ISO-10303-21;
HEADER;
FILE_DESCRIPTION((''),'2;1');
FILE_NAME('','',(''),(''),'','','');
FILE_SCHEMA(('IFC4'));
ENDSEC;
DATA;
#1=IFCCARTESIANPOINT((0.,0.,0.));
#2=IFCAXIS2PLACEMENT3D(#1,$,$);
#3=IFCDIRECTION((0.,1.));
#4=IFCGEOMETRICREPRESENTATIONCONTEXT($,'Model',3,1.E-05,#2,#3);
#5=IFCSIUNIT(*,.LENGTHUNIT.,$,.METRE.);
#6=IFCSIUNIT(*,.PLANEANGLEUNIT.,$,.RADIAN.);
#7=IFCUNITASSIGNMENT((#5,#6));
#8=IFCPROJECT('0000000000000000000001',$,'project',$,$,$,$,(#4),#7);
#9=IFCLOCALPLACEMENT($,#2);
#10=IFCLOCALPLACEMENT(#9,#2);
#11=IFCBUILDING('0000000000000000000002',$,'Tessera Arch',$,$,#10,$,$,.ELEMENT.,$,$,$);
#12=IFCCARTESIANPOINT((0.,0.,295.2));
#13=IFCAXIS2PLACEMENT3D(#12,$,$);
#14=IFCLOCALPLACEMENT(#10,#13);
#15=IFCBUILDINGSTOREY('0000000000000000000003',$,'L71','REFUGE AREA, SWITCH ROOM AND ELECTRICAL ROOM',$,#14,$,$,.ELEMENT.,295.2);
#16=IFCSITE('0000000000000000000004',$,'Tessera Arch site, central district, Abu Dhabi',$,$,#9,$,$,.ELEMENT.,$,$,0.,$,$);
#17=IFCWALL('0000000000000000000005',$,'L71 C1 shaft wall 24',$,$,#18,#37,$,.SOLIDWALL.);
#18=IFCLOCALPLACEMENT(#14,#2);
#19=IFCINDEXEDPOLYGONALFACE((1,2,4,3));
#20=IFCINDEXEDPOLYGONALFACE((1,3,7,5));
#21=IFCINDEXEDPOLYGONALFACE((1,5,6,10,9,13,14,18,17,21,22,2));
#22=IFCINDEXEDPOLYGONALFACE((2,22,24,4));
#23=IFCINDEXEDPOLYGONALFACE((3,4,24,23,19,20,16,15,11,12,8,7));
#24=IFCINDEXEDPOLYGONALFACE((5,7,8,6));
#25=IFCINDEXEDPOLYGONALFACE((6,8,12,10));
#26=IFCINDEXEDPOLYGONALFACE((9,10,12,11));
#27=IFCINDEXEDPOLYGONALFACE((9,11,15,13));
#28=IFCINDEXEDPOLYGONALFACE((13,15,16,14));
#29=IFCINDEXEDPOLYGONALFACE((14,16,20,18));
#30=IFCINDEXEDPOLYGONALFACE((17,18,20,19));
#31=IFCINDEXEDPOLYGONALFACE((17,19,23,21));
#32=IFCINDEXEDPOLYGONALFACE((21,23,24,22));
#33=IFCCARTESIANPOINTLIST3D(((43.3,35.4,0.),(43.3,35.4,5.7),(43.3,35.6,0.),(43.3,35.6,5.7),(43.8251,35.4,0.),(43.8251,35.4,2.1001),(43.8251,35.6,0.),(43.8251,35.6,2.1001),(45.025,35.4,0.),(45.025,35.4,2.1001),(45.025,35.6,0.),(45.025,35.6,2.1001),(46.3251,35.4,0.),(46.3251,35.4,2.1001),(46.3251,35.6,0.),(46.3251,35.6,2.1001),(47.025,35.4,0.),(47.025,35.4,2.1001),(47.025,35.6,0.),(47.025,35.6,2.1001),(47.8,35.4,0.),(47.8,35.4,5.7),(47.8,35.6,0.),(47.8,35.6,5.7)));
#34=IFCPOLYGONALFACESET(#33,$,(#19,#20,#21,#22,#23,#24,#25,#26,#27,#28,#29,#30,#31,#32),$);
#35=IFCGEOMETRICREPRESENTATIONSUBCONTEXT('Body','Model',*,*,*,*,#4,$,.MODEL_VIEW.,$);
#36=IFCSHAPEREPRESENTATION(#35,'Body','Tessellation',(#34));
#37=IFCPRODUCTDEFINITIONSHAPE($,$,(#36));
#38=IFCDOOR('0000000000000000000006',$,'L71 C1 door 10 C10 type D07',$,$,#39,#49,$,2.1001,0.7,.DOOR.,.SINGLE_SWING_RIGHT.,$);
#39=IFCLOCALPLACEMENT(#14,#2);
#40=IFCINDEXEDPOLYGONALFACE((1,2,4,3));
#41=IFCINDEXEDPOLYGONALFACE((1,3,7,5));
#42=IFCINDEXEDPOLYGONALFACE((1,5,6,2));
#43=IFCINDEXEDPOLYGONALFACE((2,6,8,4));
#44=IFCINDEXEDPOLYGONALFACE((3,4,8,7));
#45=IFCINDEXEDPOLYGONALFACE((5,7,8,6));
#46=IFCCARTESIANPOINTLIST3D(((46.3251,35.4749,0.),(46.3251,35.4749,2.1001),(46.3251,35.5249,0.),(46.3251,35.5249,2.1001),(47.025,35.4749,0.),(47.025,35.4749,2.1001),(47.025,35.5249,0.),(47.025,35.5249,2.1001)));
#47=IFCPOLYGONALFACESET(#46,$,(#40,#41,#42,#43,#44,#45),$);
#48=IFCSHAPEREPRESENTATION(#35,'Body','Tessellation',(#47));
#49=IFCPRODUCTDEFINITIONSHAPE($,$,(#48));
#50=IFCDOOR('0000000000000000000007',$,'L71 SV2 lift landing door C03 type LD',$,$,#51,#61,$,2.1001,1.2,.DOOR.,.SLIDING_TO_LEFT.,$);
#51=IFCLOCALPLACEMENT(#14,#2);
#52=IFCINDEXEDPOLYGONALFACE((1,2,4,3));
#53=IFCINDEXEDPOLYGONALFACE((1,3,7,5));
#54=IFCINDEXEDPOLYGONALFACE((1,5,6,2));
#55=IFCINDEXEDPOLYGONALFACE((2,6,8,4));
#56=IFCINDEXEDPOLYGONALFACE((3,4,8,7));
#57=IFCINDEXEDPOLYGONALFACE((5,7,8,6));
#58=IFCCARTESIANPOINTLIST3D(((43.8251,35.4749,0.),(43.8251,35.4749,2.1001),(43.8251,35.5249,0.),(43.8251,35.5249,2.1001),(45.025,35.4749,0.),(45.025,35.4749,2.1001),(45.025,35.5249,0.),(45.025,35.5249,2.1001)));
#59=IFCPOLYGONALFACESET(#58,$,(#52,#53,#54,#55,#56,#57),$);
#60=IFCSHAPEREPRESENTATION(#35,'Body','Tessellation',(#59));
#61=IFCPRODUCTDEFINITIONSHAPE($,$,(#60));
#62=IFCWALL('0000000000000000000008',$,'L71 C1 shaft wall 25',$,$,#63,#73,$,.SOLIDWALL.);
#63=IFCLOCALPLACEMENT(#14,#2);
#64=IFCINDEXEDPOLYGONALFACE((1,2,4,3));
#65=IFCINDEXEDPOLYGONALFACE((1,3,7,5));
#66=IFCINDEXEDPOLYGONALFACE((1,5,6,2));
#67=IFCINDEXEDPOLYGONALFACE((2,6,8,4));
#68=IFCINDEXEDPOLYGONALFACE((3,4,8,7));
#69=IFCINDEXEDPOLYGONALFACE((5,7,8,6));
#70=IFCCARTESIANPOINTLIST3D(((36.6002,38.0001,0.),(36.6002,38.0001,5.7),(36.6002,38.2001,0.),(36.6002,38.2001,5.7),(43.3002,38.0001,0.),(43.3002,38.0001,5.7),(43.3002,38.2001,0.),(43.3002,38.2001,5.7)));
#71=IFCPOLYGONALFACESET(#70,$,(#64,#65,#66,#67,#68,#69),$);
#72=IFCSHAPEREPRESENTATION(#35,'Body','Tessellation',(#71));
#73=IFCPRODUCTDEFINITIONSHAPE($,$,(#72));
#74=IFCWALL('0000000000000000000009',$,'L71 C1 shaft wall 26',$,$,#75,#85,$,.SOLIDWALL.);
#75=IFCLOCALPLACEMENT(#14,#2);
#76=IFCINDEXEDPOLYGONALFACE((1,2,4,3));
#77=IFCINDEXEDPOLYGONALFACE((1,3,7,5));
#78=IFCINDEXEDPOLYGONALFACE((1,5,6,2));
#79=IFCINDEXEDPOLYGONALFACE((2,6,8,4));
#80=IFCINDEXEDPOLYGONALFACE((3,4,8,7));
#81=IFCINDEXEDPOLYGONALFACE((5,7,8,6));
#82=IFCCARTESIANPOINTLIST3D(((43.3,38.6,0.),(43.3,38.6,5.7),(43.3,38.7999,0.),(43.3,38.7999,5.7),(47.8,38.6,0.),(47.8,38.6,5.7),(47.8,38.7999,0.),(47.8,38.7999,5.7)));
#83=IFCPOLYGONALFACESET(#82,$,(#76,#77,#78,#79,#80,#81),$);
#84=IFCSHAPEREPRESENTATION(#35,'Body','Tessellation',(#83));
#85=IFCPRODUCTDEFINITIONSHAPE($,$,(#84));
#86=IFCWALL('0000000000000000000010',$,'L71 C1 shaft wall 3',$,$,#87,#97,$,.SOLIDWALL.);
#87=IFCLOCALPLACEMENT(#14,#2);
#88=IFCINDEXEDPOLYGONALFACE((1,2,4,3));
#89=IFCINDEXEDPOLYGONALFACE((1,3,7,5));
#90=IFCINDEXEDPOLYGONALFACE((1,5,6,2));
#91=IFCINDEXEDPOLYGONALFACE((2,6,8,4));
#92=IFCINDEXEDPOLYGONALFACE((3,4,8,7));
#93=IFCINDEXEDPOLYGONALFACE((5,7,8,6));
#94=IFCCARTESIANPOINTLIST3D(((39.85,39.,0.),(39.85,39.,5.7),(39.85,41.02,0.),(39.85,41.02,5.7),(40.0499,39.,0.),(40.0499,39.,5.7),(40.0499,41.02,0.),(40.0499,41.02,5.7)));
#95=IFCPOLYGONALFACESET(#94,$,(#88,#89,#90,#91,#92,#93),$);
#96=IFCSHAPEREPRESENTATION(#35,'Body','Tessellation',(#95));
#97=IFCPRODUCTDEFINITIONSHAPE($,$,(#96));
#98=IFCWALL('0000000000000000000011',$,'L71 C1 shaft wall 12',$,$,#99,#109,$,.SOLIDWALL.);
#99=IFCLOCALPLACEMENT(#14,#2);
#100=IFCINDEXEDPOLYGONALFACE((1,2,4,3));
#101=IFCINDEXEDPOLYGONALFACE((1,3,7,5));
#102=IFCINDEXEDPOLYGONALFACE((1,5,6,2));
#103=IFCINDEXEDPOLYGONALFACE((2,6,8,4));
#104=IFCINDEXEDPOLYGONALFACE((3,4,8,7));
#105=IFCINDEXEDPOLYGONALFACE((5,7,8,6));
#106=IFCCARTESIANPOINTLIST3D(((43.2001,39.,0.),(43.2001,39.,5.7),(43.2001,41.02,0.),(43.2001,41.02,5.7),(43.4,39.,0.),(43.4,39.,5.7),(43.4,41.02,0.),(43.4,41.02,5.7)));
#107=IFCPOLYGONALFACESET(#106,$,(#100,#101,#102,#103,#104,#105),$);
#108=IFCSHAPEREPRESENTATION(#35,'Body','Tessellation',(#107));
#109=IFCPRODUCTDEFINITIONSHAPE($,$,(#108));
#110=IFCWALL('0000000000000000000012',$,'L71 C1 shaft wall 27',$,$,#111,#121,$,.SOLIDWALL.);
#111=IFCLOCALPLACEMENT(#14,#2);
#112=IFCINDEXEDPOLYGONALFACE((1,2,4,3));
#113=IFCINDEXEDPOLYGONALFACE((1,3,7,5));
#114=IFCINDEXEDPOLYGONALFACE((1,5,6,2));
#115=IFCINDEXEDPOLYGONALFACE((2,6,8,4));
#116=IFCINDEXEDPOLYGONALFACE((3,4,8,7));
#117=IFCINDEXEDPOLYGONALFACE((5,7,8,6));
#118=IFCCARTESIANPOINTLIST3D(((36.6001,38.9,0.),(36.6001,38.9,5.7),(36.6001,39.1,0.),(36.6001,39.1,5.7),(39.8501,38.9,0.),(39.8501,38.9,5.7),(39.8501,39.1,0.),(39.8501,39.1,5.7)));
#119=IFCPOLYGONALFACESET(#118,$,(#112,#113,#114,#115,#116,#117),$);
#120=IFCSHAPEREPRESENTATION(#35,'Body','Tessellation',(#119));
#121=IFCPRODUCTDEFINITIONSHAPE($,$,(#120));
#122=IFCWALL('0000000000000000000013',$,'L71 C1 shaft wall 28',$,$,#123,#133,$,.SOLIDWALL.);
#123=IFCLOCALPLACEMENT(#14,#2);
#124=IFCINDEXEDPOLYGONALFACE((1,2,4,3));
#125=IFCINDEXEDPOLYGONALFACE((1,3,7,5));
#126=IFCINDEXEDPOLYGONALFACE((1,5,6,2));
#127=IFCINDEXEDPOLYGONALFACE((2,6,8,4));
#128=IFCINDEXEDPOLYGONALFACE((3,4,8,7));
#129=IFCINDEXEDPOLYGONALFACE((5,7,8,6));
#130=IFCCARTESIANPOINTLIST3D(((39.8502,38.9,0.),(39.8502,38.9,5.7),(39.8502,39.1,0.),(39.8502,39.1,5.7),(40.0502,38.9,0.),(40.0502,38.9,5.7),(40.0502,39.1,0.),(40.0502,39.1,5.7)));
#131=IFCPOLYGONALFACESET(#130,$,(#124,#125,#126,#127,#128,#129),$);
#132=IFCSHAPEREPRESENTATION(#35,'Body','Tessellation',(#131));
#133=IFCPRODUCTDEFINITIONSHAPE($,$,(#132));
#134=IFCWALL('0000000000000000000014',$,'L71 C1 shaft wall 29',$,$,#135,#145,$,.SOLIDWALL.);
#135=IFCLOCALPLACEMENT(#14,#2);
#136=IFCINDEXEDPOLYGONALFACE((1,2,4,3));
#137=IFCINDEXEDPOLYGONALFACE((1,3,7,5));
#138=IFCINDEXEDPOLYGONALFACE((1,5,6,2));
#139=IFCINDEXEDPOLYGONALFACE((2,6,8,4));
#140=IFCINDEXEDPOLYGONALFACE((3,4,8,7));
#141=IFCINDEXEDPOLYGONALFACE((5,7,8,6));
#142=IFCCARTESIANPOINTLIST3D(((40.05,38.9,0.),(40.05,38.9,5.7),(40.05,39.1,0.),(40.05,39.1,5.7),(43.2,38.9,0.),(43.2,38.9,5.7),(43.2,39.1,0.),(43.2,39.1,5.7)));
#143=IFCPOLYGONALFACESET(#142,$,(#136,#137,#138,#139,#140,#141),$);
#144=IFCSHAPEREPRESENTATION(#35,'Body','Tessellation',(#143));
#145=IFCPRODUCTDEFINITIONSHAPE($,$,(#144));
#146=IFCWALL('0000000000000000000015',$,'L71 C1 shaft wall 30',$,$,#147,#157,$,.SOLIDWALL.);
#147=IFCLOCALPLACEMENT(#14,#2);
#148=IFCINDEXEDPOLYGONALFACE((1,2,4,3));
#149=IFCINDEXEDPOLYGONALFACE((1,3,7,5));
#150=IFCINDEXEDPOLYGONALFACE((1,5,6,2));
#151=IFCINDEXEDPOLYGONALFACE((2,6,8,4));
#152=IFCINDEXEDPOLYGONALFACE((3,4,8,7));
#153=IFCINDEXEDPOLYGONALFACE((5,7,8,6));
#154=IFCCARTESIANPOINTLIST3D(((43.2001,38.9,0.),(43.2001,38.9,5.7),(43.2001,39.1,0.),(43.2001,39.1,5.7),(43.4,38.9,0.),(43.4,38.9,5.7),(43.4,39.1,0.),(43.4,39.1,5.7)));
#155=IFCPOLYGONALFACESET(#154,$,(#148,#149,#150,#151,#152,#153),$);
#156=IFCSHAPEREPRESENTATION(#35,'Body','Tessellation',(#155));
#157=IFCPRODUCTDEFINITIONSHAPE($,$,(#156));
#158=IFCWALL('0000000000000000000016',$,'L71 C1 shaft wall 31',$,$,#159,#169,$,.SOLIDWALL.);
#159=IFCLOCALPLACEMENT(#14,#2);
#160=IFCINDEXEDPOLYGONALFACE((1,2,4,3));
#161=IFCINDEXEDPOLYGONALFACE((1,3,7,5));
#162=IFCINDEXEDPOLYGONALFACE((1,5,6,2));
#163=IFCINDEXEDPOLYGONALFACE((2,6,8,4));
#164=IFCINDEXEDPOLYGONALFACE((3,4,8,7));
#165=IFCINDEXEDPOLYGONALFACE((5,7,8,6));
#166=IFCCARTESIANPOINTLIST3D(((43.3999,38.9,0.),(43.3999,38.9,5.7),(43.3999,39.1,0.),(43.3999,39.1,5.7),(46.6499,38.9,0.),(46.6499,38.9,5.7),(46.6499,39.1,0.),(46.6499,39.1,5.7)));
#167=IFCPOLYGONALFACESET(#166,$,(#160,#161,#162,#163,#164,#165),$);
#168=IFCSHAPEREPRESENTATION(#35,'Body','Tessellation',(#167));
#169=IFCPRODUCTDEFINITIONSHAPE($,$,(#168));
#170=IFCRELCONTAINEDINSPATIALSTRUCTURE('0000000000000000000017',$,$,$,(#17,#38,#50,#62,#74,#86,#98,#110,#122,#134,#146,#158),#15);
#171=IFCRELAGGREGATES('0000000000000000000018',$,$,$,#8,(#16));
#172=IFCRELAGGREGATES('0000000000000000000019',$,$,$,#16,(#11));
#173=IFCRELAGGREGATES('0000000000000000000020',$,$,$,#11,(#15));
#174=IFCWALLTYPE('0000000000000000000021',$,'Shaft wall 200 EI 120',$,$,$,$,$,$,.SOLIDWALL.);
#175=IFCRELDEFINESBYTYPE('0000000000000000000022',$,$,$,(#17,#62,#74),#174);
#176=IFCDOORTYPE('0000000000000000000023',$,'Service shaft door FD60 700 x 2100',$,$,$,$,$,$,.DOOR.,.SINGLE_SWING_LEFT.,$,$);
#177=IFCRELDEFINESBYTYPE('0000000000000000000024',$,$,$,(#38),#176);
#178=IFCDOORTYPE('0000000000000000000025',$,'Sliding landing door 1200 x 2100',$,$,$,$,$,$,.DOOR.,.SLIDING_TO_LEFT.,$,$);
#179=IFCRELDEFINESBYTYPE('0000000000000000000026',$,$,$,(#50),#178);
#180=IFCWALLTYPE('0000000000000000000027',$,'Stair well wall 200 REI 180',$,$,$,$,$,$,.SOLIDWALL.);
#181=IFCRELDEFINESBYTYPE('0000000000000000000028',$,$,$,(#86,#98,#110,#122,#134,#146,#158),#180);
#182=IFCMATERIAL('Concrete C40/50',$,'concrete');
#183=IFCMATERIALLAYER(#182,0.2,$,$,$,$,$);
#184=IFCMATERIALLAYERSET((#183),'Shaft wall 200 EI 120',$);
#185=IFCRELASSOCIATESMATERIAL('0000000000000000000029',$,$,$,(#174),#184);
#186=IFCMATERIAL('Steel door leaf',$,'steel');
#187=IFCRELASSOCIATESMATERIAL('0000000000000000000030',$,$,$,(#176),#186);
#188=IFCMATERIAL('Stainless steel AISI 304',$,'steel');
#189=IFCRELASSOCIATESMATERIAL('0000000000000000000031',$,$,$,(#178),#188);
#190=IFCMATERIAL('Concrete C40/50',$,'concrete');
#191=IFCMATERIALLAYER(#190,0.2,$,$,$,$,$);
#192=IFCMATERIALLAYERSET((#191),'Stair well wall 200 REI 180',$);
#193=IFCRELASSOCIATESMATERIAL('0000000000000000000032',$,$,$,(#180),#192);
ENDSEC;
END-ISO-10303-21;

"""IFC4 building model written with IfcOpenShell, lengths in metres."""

from ifc_helpers import new_model, si_unit, direction, frame, frame_2d, origin, place, context, subcontext, project, spatial, rectangle, extrude, material, layer, layer_set, type_object, element, fill, save


model = new_model("IFC4")

# Units and contexts
model_context = context("Model", 3, precision=1e-05, world=origin(), true_north=direction((0.0, 1.0)))
body_context = subcontext(model_context, "Body", "Model", "MODEL_VIEW")
ifc_project = project(units=[si_unit("LENGTHUNIT", "METRE"), si_unit("PLANEANGLEUNIT", "RADIAN")], contexts=[model_context])

# Site, building, storey
site_placement = place(None, origin())
site = spatial("IfcSite", under=ifc_project, at=site_placement, Name="Tessera Arch site, central district, Abu Dhabi", CompositionType="ELEMENT", RefElevation=0.0)
building_placement = place(site_placement, origin())
building = spatial("IfcBuilding", under=site, at=building_placement, Name="Tessera Arch", CompositionType="ELEMENT")
storey_placement = place(building_placement, frame((0.0, 0.0, 295.2)))
storey = spatial("IfcBuildingStorey", under=building, at=storey_placement, Name="L71", Description="REFUGE AREA, SWITCH ROOM AND ELECTRICAL ROOM", CompositionType="ELEMENT", Elevation=295.2)

# Shared definitions
ifc_material_1 = material(Name="Concrete C40/50", Category="concrete")
ifc_layer_1 = layer(ifc_material_1, 0.2)
ifc_layer_set_1 = layer_set([ifc_layer_1], Name="Shaft wall 200 EI 120")
wall_type_1 = type_object("IfcWallType", Name="Shaft wall 200 EI 120", PredefinedType="SOLIDWALL", material=ifc_layer_set_1)

# Wall, openings, doors
wall_1_placement = place(storey_placement, frame((43.3, 35.5, 0.0), z_axis=(0.0, 0.0, 1.0), x_axis=(1.0, 0.0, 0.0)))
wall_1 = element("IfcWall", 1, at=wall_1_placement, inside=storey, type_object=wall_type_1, Name="L71 C1 shaft wall 24", PredefinedType="SOLIDWALL", context=body_context, shape_type="SweptSolid", body=[
    extrude(rectangle(XDim=4.5, YDim=0.2, at=frame_2d((2.25, 0.0))), origin(), (0.0, 0.0, 1.0), 5.7),
])
opening_1_placement = place(wall_1_placement, frame((0.5249, 0.0, 0.0)))
opening_1 = element("IfcOpeningElement", 2, at=opening_1_placement, cuts=wall_1, PredefinedType="OPENING", context=body_context, shape_type="SweptSolid", body=[
    extrude(rectangle(XDim=1.2, YDim=2.1001, at=frame_2d((0.6001, 1.05))), frame((0.0, 0.1099, 0.0), z_axis=(0.0, -1.0, 0.0), x_axis=(1.0, 0.0, 0.0)), (0.0, 0.0, 1.0), 0.22),
])
opening_2_placement = place(wall_1_placement, frame((3.0249, 0.0, 0.0)))
opening_2 = element("IfcOpeningElement", 3, at=opening_2_placement, cuts=wall_1, PredefinedType="OPENING", context=body_context, shape_type="SweptSolid", body=[
    extrude(rectangle(XDim=0.7, YDim=2.1001, at=frame_2d((0.3501, 1.05))), frame((0.0, 0.1099, 0.0), z_axis=(0.0, -1.0, 0.0), x_axis=(1.0, 0.0, 0.0)), (0.0, 0.0, 1.0), 0.22),
])
ifc_material_2 = material(Name="Steel door leaf", Category="steel")
door_type_1 = type_object("IfcDoorType", Name="Service shaft door FD60 700 x 2100", OperationType="SINGLE_SWING_LEFT", PredefinedType="DOOR", material=ifc_material_2)
door_1_placement = place(opening_2_placement, origin())
door_1 = element("IfcDoor", 4, at=door_1_placement, inside=storey, type_object=door_type_1, Name="L71 C1 door 10 C10 type D07", OperationType="SINGLE_SWING_RIGHT", OverallHeight=2.1001, OverallWidth=0.7, PredefinedType="DOOR", context=body_context, shape_type="SweptSolid", body=[
    extrude(rectangle(XDim=0.7, YDim=2.1001, at=frame_2d((0.3501, 1.05))), frame((0.0, 0.0249, 0.0), z_axis=(0.0, -1.0, 0.0), x_axis=(1.0, 0.0, 0.0)), (0.0, 0.0, 1.0), 0.05),
])
fill(opening_2, door_1)
ifc_material_3 = material(Name="Stainless steel AISI 304", Category="steel")
door_type_2 = type_object("IfcDoorType", Name="Sliding landing door 1200 x 2100", OperationType="SLIDING_TO_LEFT", PredefinedType="DOOR", material=ifc_material_3)
door_2_placement = place(opening_1_placement, origin())
door_2 = element("IfcDoor", 5, at=door_2_placement, inside=storey, type_object=door_type_2, Name="L71 SV2 lift landing door C03 type LD", OperationType="SLIDING_TO_LEFT", OverallHeight=2.1001, OverallWidth=1.2, PredefinedType="DOOR", context=body_context, shape_type="SweptSolid", body=[
    extrude(rectangle(XDim=1.2, YDim=2.1001, at=frame_2d((0.6001, 1.05))), frame((0.0, 0.0249, 0.0), z_axis=(0.0, -1.0, 0.0), x_axis=(1.0, 0.0, 0.0)), (0.0, 0.0, 1.0), 0.05),
])
fill(opening_1, door_2)

# Walls
wall_2_placement = place(storey_placement, frame((36.6001, 38.1001, 0.0), z_axis=(0.0, 0.0, 1.0), x_axis=(1.0, 0.0, 0.0)))
element("IfcWall", 6, at=wall_2_placement, inside=storey, type_object=wall_type_1, Name="L71 C1 shaft wall 25", PredefinedType="SOLIDWALL", context=body_context, shape_type="SweptSolid", body=[
    extrude(rectangle(XDim=6.7, YDim=0.2, at=frame_2d((3.3501, 0.0))), origin(), (0.0, 0.0, 1.0), 5.7),
])
wall_3_placement = place(storey_placement, frame((43.3, 38.7, 0.0), z_axis=(0.0, 0.0, 1.0), x_axis=(1.0, 0.0, 0.0)))
element("IfcWall", 7, at=wall_3_placement, inside=storey, type_object=wall_type_1, Name="L71 C1 shaft wall 26", PredefinedType="SOLIDWALL", context=body_context, shape_type="SweptSolid", body=[
    extrude(rectangle(XDim=4.5, YDim=0.2, at=frame_2d((2.25, 0.0))), origin(), (0.0, 0.0, 1.0), 5.7),
])
ifc_material_4 = material(Name="Concrete C40/50", Category="concrete")
ifc_layer_2 = layer(ifc_material_4, 0.2)
ifc_layer_set_2 = layer_set([ifc_layer_2], Name="Stair well wall 200 REI 180")
wall_type_2 = type_object("IfcWallType", Name="Stair well wall 200 REI 180", PredefinedType="SOLIDWALL", material=ifc_layer_set_2)
for number, where, z_axis, x_axis, name in (
    (8, (39.95, 39.0, 0.0), (0.0, 0.0, 1.0), (0.0, 1.0, 0.0), "L71 C1 shaft wall 3"),
    (9, (43.3, 39.0, 0.0), (0.0, 0.0, 1.0), (0.0, 1.0, 0.0), "L71 C1 shaft wall 12"),
):
    element("IfcWall", number, at=place(storey_placement, frame(where, z_axis=z_axis, x_axis=x_axis)), inside=storey, type_object=wall_type_2, Name=name, PredefinedType="SOLIDWALL", context=body_context, shape_type="SweptSolid", body=[
        extrude(rectangle(XDim=2.02, YDim=0.2, at=frame_2d((1.01, 0.0))), origin(), (0.0, 0.0, 1.0), 5.7),
    ])
wall_4_placement = place(storey_placement, frame((36.6001, 39.0, 0.0), z_axis=(0.0, 0.0, 1.0), x_axis=(1.0, 0.0, 0.0)))
element("IfcWall", 10, at=wall_4_placement, inside=storey, type_object=wall_type_2, Name="L71 C1 shaft wall 27", PredefinedType="SOLIDWALL", context=body_context, shape_type="SweptSolid", body=[
    extrude(rectangle(XDim=3.25, YDim=0.2, at=frame_2d((1.625, 0.0))), origin(), (0.0, 0.0, 1.0), 5.7),
])
wall_5_placement = place(storey_placement, frame((39.8501, 39.0, 0.0), z_axis=(0.0, 0.0, 1.0), x_axis=(1.0, 0.0, 0.0)))
element("IfcWall", 11, at=wall_5_placement, inside=storey, type_object=wall_type_2, Name="L71 C1 shaft wall 28", PredefinedType="SOLIDWALL", context=body_context, shape_type="SweptSolid", body=[
    extrude(rectangle(XDim=0.2, YDim=0.2, at=frame_2d((0.1001, 0.0))), origin(), (0.0, 0.0, 1.0), 5.7),
])
wall_6_placement = place(storey_placement, frame((40.05, 39.0, 0.0), z_axis=(0.0, 0.0, 1.0), x_axis=(1.0, 0.0, 0.0)))
element("IfcWall", 12, at=wall_6_placement, inside=storey, type_object=wall_type_2, Name="L71 C1 shaft wall 29", PredefinedType="SOLIDWALL", context=body_context, shape_type="SweptSolid", body=[
    extrude(rectangle(XDim=3.1499, YDim=0.2, at=frame_2d((1.575, 0.0))), origin(), (0.0, 0.0, 1.0), 5.7),
])
wall_7_placement = place(storey_placement, frame((43.2, 39.0, 0.0), z_axis=(0.0, 0.0, 1.0), x_axis=(1.0, 0.0, 0.0)))
element("IfcWall", 13, at=wall_7_placement, inside=storey, type_object=wall_type_2, Name="L71 C1 shaft wall 30", PredefinedType="SOLIDWALL", context=body_context, shape_type="SweptSolid", body=[
    extrude(rectangle(XDim=0.2, YDim=0.2, at=frame_2d((0.1001, 0.0))), origin(), (0.0, 0.0, 1.0), 5.7),
])
wall_8_placement = place(storey_placement, frame((43.3999, 39.0, 0.0), z_axis=(0.0, 0.0, 1.0), x_axis=(1.0, 0.0, 0.0)))
element("IfcWall", 14, at=wall_8_placement, inside=storey, type_object=wall_type_2, Name="L71 C1 shaft wall 31", PredefinedType="SOLIDWALL", context=body_context, shape_type="SweptSolid", body=[
    extrude(rectangle(XDim=3.25, YDim=0.2, at=frame_2d((1.625, 0.0))), origin(), (0.0, 0.0, 1.0), 5.7),
])

save(model, "model.ifc")
